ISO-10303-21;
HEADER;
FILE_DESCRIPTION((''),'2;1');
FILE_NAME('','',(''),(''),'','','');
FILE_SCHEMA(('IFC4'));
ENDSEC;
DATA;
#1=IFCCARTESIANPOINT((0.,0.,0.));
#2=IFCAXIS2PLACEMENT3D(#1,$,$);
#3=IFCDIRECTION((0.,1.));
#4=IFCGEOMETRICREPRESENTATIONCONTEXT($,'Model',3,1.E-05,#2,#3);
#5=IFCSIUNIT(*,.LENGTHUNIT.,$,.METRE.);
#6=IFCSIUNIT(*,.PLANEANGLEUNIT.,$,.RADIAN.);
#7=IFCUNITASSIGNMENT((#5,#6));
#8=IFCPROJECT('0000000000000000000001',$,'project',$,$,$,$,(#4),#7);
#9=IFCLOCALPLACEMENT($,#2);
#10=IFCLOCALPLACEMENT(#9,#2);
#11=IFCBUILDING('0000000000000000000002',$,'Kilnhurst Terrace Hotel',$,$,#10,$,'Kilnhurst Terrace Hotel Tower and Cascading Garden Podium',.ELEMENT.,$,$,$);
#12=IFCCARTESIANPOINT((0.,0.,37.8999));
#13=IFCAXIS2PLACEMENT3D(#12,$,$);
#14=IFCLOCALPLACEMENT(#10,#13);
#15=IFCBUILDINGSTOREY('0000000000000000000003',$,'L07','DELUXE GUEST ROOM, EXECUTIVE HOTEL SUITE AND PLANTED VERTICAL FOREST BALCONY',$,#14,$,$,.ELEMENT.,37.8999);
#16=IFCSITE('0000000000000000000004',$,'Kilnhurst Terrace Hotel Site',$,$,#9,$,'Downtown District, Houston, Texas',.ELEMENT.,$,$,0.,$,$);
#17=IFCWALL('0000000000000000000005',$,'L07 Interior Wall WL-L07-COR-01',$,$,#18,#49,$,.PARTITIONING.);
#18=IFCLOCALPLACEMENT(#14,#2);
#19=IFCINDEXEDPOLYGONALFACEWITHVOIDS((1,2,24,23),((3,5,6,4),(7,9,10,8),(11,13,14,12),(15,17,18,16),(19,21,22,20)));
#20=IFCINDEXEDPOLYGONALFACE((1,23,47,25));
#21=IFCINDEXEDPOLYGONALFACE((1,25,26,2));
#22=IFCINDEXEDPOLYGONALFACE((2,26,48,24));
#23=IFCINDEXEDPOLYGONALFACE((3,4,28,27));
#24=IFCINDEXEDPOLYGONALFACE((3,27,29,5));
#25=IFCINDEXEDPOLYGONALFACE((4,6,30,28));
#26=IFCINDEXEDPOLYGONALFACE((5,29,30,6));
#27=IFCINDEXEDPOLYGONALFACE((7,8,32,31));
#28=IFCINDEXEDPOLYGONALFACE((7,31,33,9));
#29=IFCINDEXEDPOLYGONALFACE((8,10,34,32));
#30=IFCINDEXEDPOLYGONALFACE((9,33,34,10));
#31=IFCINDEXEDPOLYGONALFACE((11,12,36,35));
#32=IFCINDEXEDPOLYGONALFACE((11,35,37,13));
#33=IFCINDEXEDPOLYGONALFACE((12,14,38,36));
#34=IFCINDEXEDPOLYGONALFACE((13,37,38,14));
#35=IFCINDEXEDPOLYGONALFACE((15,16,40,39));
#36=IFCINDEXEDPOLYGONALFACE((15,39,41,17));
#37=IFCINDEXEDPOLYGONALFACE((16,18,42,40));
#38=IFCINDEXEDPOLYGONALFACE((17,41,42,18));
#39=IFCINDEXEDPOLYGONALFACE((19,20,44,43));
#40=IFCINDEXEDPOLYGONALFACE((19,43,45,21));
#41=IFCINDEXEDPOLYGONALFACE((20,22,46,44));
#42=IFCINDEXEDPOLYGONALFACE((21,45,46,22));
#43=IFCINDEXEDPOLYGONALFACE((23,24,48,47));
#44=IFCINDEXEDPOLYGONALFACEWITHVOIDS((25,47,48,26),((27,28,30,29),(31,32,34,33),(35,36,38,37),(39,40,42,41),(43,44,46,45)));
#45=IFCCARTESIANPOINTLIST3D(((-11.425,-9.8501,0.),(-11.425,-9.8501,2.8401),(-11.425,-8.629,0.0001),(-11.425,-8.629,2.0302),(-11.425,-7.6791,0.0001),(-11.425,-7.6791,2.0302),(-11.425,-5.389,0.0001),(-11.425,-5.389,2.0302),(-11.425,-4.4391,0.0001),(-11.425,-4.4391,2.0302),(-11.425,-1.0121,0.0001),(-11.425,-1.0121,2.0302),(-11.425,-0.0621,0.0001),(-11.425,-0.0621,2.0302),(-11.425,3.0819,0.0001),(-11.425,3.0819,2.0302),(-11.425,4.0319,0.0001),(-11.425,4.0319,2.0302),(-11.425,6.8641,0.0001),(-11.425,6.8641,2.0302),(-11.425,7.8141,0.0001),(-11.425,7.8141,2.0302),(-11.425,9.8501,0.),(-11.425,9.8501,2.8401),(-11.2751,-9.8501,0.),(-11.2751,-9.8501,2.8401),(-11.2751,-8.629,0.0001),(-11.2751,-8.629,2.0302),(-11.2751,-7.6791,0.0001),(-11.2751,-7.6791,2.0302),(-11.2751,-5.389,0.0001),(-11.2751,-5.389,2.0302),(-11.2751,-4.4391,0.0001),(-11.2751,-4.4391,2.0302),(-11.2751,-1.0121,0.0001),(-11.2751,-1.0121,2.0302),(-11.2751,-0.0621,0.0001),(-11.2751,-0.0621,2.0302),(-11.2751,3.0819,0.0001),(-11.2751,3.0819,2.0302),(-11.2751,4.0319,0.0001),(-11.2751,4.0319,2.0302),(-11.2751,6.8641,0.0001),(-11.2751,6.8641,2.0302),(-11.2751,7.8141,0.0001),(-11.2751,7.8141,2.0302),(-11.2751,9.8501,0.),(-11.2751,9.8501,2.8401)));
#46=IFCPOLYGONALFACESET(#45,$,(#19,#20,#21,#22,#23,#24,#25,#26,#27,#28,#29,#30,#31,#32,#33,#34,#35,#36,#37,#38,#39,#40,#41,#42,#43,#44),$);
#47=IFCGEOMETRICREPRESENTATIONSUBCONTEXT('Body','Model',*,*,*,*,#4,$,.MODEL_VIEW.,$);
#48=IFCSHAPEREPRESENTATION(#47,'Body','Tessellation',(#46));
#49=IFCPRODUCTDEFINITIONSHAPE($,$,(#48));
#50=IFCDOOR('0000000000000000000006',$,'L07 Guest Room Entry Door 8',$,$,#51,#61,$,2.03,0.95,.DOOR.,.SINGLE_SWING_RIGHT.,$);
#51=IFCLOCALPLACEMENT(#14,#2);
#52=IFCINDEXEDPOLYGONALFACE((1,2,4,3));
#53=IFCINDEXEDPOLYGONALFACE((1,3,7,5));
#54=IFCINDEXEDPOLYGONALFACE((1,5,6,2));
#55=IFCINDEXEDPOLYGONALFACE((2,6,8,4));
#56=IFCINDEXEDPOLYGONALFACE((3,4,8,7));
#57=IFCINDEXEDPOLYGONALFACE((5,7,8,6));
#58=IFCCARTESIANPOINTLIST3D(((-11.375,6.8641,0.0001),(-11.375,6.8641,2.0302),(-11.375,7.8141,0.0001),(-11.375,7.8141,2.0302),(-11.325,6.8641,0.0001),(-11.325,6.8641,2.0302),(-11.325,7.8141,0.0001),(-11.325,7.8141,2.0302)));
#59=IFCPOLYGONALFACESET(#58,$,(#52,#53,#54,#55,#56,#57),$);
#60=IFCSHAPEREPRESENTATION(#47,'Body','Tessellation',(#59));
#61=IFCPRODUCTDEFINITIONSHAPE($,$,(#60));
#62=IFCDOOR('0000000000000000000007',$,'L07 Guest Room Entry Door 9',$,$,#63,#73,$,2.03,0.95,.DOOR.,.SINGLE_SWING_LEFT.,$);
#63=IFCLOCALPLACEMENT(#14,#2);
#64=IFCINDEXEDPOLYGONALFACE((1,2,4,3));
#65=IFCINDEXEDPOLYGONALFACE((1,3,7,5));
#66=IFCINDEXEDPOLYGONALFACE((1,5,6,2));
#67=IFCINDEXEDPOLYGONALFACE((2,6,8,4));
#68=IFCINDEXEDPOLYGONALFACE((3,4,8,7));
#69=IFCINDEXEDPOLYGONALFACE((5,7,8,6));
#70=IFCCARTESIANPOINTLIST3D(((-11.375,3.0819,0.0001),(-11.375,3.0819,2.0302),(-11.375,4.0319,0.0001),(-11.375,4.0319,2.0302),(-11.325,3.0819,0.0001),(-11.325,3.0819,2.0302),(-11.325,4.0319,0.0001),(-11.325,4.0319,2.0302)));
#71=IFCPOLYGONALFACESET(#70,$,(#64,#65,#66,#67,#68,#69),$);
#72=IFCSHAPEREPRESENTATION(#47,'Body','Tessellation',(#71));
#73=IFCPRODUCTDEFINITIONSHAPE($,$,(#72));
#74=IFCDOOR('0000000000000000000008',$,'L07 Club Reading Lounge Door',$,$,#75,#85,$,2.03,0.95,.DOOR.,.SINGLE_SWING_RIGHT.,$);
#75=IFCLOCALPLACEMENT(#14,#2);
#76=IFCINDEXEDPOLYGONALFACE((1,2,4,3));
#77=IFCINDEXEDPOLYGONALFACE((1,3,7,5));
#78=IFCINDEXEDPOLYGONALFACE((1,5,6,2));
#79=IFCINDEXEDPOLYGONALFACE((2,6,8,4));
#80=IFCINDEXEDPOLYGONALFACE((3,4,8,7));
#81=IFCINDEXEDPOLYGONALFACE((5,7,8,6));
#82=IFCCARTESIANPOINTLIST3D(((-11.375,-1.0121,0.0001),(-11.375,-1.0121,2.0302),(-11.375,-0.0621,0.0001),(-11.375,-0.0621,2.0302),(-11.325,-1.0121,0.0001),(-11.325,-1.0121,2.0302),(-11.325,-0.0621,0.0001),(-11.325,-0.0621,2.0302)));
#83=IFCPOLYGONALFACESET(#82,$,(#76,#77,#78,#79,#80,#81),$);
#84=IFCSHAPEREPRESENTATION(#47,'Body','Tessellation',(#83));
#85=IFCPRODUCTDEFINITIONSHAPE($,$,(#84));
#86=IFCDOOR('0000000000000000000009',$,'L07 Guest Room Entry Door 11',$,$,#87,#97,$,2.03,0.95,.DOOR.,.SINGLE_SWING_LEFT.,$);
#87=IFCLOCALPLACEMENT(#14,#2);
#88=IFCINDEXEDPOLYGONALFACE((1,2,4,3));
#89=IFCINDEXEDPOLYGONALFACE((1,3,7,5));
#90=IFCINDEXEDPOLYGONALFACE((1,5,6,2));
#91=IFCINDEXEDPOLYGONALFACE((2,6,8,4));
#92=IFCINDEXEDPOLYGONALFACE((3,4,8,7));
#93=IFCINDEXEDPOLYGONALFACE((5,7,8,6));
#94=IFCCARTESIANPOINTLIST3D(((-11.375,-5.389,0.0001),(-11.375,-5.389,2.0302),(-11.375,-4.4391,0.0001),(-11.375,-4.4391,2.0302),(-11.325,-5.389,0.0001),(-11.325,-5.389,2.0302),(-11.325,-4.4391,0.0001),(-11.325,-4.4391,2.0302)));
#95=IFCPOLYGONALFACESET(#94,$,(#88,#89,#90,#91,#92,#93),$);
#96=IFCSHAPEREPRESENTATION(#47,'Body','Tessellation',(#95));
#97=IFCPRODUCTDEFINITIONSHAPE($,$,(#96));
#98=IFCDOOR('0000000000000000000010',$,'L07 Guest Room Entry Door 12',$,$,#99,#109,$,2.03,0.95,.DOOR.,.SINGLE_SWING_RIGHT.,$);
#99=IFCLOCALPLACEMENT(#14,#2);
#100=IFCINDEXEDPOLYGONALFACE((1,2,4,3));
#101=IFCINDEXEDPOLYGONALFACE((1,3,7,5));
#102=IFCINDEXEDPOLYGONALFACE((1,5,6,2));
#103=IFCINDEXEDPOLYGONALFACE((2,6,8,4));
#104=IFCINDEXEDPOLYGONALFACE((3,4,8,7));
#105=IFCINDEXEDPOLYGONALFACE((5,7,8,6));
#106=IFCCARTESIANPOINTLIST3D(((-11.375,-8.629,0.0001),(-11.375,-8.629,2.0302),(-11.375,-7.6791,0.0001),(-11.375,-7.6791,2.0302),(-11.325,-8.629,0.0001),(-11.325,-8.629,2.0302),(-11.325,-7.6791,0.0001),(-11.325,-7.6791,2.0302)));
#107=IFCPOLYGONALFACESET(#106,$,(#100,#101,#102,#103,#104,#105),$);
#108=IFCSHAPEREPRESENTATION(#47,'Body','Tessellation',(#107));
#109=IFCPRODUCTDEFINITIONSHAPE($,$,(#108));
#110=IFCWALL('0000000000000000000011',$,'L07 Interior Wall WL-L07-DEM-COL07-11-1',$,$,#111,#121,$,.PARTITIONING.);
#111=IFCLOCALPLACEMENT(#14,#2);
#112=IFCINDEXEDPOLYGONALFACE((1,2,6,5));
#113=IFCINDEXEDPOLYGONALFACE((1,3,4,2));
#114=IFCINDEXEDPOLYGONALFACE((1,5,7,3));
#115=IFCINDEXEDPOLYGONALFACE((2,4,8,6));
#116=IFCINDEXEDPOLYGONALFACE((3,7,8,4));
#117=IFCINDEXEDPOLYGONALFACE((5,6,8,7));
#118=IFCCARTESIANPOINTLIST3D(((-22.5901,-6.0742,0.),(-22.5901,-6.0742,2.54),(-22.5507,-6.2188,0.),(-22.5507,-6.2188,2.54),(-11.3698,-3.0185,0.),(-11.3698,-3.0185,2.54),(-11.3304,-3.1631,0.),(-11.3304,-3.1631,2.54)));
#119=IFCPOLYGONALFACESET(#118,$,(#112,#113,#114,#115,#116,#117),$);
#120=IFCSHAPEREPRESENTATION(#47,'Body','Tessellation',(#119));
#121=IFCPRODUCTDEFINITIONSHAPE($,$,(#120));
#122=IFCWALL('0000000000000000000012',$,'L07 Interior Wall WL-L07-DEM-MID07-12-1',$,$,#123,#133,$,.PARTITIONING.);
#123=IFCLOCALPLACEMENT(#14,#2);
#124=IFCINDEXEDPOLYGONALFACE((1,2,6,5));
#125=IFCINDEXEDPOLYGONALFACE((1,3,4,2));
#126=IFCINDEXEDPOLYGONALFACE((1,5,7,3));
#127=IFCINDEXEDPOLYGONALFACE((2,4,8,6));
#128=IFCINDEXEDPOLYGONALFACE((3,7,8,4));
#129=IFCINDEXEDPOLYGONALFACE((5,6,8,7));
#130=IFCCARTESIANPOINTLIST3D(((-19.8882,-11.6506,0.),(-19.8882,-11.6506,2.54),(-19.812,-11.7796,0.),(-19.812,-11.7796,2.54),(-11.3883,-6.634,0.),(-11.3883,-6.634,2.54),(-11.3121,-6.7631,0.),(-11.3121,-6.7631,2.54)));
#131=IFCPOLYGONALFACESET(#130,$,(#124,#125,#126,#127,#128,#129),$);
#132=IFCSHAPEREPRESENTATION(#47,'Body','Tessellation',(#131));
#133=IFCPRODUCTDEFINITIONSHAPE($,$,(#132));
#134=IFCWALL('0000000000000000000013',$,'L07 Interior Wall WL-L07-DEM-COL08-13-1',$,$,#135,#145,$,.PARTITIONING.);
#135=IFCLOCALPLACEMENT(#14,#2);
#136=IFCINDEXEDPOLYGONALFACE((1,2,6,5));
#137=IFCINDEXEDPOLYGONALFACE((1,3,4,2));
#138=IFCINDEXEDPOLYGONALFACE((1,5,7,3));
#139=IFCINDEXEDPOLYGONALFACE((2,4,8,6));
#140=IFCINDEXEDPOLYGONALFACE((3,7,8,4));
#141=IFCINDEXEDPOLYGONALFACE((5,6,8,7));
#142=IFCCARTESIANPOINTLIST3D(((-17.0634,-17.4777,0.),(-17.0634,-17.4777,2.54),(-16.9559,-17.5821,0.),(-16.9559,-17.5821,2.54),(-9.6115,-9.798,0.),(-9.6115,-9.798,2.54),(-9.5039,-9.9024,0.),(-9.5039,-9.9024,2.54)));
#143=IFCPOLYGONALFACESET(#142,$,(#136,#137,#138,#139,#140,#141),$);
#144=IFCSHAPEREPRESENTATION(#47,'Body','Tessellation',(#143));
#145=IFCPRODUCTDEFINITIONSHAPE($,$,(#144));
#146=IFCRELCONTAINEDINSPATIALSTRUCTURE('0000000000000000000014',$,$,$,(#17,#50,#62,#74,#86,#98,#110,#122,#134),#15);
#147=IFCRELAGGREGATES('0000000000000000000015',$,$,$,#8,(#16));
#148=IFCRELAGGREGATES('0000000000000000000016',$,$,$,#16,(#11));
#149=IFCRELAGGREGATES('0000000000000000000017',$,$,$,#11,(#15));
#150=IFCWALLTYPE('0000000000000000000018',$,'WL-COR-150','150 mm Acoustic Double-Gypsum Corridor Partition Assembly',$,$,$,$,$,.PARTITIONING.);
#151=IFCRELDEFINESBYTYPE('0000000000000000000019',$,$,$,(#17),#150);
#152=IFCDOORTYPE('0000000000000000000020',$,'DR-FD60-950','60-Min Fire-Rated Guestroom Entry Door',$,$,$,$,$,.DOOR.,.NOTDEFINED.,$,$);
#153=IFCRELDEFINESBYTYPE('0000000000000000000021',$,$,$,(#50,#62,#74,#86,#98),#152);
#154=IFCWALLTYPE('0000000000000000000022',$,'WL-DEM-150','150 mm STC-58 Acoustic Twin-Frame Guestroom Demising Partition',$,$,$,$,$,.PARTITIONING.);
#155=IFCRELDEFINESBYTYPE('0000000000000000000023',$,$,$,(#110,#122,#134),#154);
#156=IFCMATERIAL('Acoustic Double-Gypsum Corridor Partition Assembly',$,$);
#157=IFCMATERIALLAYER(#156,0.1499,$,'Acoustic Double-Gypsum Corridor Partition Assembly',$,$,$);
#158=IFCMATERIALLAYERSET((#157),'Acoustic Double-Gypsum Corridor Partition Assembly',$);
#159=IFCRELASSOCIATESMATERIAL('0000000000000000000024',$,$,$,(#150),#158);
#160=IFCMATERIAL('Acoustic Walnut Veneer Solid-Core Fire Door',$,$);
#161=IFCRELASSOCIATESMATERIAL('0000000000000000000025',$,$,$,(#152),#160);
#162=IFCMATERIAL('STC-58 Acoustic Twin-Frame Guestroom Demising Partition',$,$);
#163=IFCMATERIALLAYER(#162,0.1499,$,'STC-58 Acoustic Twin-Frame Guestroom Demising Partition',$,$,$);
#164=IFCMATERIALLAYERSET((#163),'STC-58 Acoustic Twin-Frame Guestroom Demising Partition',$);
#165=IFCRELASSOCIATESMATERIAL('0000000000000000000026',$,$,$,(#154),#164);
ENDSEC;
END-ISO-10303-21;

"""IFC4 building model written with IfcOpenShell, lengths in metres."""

from ifc_helpers import new_model, si_unit, direction, frame, frame_2d, origin, place, context, subcontext, project, spatial, rectangle, extrude, material, layer, layer_set, type_object, element, fill, save


model = new_model("IFC4")

# Units and contexts
model_context = context("Model", 3, precision=1e-05, world=origin(), true_north=direction((0.0, 1.0)))
body_context = subcontext(model_context, "Body", "Model", "MODEL_VIEW")
ifc_project = project(units=[si_unit("LENGTHUNIT", "METRE"), si_unit("PLANEANGLEUNIT", "RADIAN")], contexts=[model_context])

# Site, building, storey
site_placement = place(None, origin())
site = spatial("IfcSite", under=ifc_project, at=site_placement, Name="Kilnhurst Terrace Hotel Site", LongName="Downtown District, Houston, Texas", CompositionType="ELEMENT", RefElevation=0.0)
building_placement = place(site_placement, origin())
building = spatial("IfcBuilding", under=site, at=building_placement, Name="Kilnhurst Terrace Hotel", LongName="Kilnhurst Terrace Hotel Tower and Cascading Garden Podium", CompositionType="ELEMENT")
storey_placement = place(building_placement, frame((0.0, 0.0, 37.8999)))
storey = spatial("IfcBuildingStorey", under=building, at=storey_placement, Name="L07", Description="DELUXE GUEST ROOM, EXECUTIVE HOTEL SUITE AND PLANTED VERTICAL FOREST BALCONY", CompositionType="ELEMENT", Elevation=37.8999)

# Wall, openings, doors
ifc_material_1 = material(Name="Acoustic Double-Gypsum Corridor Partition Assembly")
ifc_layer_1 = layer(ifc_material_1, 0.1499, Name="Acoustic Double-Gypsum Corridor Partition Assembly")
ifc_layer_set_1 = layer_set([ifc_layer_1], Name="Acoustic Double-Gypsum Corridor Partition Assembly")
wall_type_1 = type_object("IfcWallType", Name="WL-COR-150", Description="150 mm Acoustic Double-Gypsum Corridor Partition Assembly", PredefinedType="PARTITIONING", material=ifc_layer_set_1)
wall_1_placement = place(storey_placement, frame((-11.3501, -9.8501, 0.0), z_axis=(0.0, 0.0, 1.0), x_axis=(0.0, 1.0, 0.0)))
wall_1 = element("IfcWall", 1, at=wall_1_placement, inside=storey, type_object=wall_type_1, Name="L07 Interior Wall WL-L07-COR-01", PredefinedType="PARTITIONING", context=body_context, shape_type="SweptSolid", body=[
    extrude(rectangle(XDim=19.7002, YDim=0.1499, at=frame_2d((9.8501, 0.0))), origin(), (0.0, 0.0, 1.0), 2.8401),
])
opening_1_placement = place(wall_1_placement, frame((16.7141, 0.0, 0.0)))
opening_1 = element("IfcOpeningElement", 2, at=opening_1_placement, cuts=wall_1, PredefinedType="OPENING", context=body_context, shape_type="SweptSolid", body=[
    extrude(rectangle(XDim=0.95, YDim=2.03, at=frame_2d((0.4751, 1.0151))), frame((0.0, 0.085, 0.0), z_axis=(0.0, -1.0, 0.0), x_axis=(1.0, 0.0, 0.0)), (0.0, 0.0, 1.0), 0.1699),
])
opening_2_placement = place(wall_1_placement, frame((12.9319, 0.0, 0.0)))
opening_2 = element("IfcOpeningElement", 3, at=opening_2_placement, cuts=wall_1, PredefinedType="OPENING", context=body_context, shape_type="SweptSolid", body=[
    extrude(rectangle(XDim=0.95, YDim=2.03, at=frame_2d((0.4751, 1.0151))), frame((0.0, 0.085, 0.0), z_axis=(0.0, -1.0, 0.0), x_axis=(1.0, 0.0, 0.0)), (0.0, 0.0, 1.0), 0.1699),
])
opening_3_placement = place(wall_1_placement, frame((8.8379, 0.0, 0.0)))
opening_3 = element("IfcOpeningElement", 4, at=opening_3_placement, cuts=wall_1, PredefinedType="OPENING", context=body_context, shape_type="SweptSolid", body=[
    extrude(rectangle(XDim=0.95, YDim=2.03, at=frame_2d((0.4751, 1.0151))), frame((0.0, 0.085, 0.0), z_axis=(0.0, -1.0, 0.0), x_axis=(1.0, 0.0, 0.0)), (0.0, 0.0, 1.0), 0.1699),
])
opening_4_placement = place(wall_1_placement, frame((4.4609, 0.0, 0.0)))
opening_4 = element("IfcOpeningElement", 5, at=opening_4_placement, cuts=wall_1, PredefinedType="OPENING", context=body_context, shape_type="SweptSolid", body=[
    extrude(rectangle(XDim=0.95, YDim=2.03, at=frame_2d((0.4751, 1.0151))), frame((0.0, 0.085, 0.0), z_axis=(0.0, -1.0, 0.0), x_axis=(1.0, 0.0, 0.0)), (0.0, 0.0, 1.0), 0.1699),
])
opening_5_placement = place(wall_1_placement, frame((1.2209, 0.0, 0.0)))
opening_5 = element("IfcOpeningElement", 6, at=opening_5_placement, cuts=wall_1, PredefinedType="OPENING", context=body_context, shape_type="SweptSolid", body=[
    extrude(rectangle(XDim=0.95, YDim=2.03, at=frame_2d((0.4751, 1.0151))), frame((0.0, 0.085, 0.0), z_axis=(0.0, -1.0, 0.0), x_axis=(1.0, 0.0, 0.0)), (0.0, 0.0, 1.0), 0.1699),
])
ifc_material_2 = material(Name="Acoustic Walnut Veneer Solid-Core Fire Door")
door_type_1 = type_object("IfcDoorType", Name="DR-FD60-950", Description="60-Min Fire-Rated Guestroom Entry Door", OperationType="NOTDEFINED", PredefinedType="DOOR", material=ifc_material_2)
door_1_placement = place(opening_1_placement, origin())
door_1 = element("IfcDoor", 7, at=door_1_placement, inside=storey, type_object=door_type_1, Name="L07 Guest Room Entry Door 8", OperationType="SINGLE_SWING_RIGHT", OverallHeight=2.03, OverallWidth=0.95, PredefinedType="DOOR", context=body_context, shape_type="SweptSolid", body=[
    extrude(rectangle(XDim=0.95, YDim=2.03, at=frame_2d((0.4751, 1.0151))), frame((0.0, 0.0249, 0.0), z_axis=(0.0, -1.0, 0.0), x_axis=(1.0, 0.0, 0.0)), (0.0, 0.0, 1.0), 0.05),
])
fill(opening_1, door_1)
door_2_placement = place(opening_2_placement, origin())
door_2 = element("IfcDoor", 8, at=door_2_placement, inside=storey, type_object=door_type_1, Name="L07 Guest Room Entry Door 9", OperationType="SINGLE_SWING_LEFT", OverallHeight=2.03, OverallWidth=0.95, PredefinedType="DOOR", context=body_context, shape_type="SweptSolid", body=[
    extrude(rectangle(XDim=0.95, YDim=2.03, at=frame_2d((0.4751, 1.0151))), frame((0.0, 0.0249, 0.0), z_axis=(0.0, -1.0, 0.0), x_axis=(1.0, 0.0, 0.0)), (0.0, 0.0, 1.0), 0.05),
])
fill(opening_2, door_2)
door_3_placement = place(opening_3_placement, origin())
door_3 = element("IfcDoor", 9, at=door_3_placement, inside=storey, type_object=door_type_1, Name="L07 Club Reading Lounge Door", OperationType="SINGLE_SWING_RIGHT", OverallHeight=2.03, OverallWidth=0.95, PredefinedType="DOOR", context=body_context, shape_type="SweptSolid", body=[
    extrude(rectangle(XDim=0.95, YDim=2.03, at=frame_2d((0.4751, 1.0151))), frame((0.0, 0.0249, 0.0), z_axis=(0.0, -1.0, 0.0), x_axis=(1.0, 0.0, 0.0)), (0.0, 0.0, 1.0), 0.05),
])
fill(opening_3, door_3)
door_4_placement = place(opening_4_placement, origin())
door_4 = element("IfcDoor", 10, at=door_4_placement, inside=storey, type_object=door_type_1, Name="L07 Guest Room Entry Door 11", OperationType="SINGLE_SWING_LEFT", OverallHeight=2.03, OverallWidth=0.95, PredefinedType="DOOR", context=body_context, shape_type="SweptSolid", body=[
    extrude(rectangle(XDim=0.95, YDim=2.03, at=frame_2d((0.4751, 1.0151))), frame((0.0, 0.0249, 0.0), z_axis=(0.0, -1.0, 0.0), x_axis=(1.0, 0.0, 0.0)), (0.0, 0.0, 1.0), 0.05),
])
fill(opening_4, door_4)
door_5_placement = place(opening_5_placement, origin())
door_5 = element("IfcDoor", 11, at=door_5_placement, inside=storey, type_object=door_type_1, Name="L07 Guest Room Entry Door 12", OperationType="SINGLE_SWING_RIGHT", OverallHeight=2.03, OverallWidth=0.95, PredefinedType="DOOR", context=body_context, shape_type="SweptSolid", body=[
    extrude(rectangle(XDim=0.95, YDim=2.03, at=frame_2d((0.4751, 1.0151))), frame((0.0, 0.0249, 0.0), z_axis=(0.0, -1.0, 0.0), x_axis=(1.0, 0.0, 0.0)), (0.0, 0.0, 1.0), 0.05),
])
fill(opening_5, door_5)

# Walls
ifc_material_3 = material(Name="STC-58 Acoustic Twin-Frame Guestroom Demising Partition")
ifc_layer_2 = layer(ifc_material_3, 0.1499, Name="STC-58 Acoustic Twin-Frame Guestroom Demising Partition")
ifc_layer_set_2 = layer_set([ifc_layer_2], Name="STC-58 Acoustic Twin-Frame Guestroom Demising Partition")
wall_type_2 = type_object("IfcWallType", Name="WL-DEM-150", Description="150 mm STC-58 Acoustic Twin-Frame Guestroom Demising Partition", PredefinedType="PARTITIONING", material=ifc_layer_set_2)
wall_2_placement = place(storey_placement, frame((-11.3501, -3.0908, 0.0), z_axis=(0.0, 0.0, 1.0), x_axis=(-0.96486, -0.262766, 0.0)))
element("IfcWall", 12, at=wall_2_placement, inside=storey, type_object=wall_type_2, Name="L07 Interior Wall WL-L07-DEM-COL07-11-1", PredefinedType="PARTITIONING", context=body_context, shape_type="SweptSolid", body=[
    extrude(rectangle(XDim=11.6289, YDim=0.1499, at=frame_2d((5.8145, 0.0))), origin(), (0.0, 0.0, 1.0), 2.54),
])
wall_3_placement = place(storey_placement, frame((-11.3501, -6.6985, 0.0), z_axis=(0.0, 0.0, 1.0), x_axis=(-0.861198, -0.508269, 0.0)))
element("IfcWall", 13, at=wall_3_placement, inside=storey, type_object=wall_type_2, Name="L07 Interior Wall WL-L07-DEM-MID07-12-1", PredefinedType="PARTITIONING", context=body_context, shape_type="SweptSolid", body=[
    extrude(rectangle(XDim=9.8699, YDim=0.1499, at=frame_2d((4.9351, 0.0))), origin(), (0.0, 0.0, 1.0), 2.54),
])
wall_4_placement = place(storey_placement, frame((-9.5576, -9.8501, 0.0), z_axis=(0.0, 0.0, 1.0), x_axis=(-0.696383, -0.71767, 0.0)))
element("IfcWall", 14, at=wall_4_placement, inside=storey, type_object=wall_type_2, Name="L07 Interior Wall WL-L07-DEM-COL08-13-1", PredefinedType="PARTITIONING", context=body_context, shape_type="SweptSolid", body=[
    extrude(rectangle(XDim=10.7009, YDim=0.1499, at=frame_2d((5.3506, 0.0))), origin(), (0.0, 0.0, 1.0), 2.54),
])

save(model, "model.ifc")
